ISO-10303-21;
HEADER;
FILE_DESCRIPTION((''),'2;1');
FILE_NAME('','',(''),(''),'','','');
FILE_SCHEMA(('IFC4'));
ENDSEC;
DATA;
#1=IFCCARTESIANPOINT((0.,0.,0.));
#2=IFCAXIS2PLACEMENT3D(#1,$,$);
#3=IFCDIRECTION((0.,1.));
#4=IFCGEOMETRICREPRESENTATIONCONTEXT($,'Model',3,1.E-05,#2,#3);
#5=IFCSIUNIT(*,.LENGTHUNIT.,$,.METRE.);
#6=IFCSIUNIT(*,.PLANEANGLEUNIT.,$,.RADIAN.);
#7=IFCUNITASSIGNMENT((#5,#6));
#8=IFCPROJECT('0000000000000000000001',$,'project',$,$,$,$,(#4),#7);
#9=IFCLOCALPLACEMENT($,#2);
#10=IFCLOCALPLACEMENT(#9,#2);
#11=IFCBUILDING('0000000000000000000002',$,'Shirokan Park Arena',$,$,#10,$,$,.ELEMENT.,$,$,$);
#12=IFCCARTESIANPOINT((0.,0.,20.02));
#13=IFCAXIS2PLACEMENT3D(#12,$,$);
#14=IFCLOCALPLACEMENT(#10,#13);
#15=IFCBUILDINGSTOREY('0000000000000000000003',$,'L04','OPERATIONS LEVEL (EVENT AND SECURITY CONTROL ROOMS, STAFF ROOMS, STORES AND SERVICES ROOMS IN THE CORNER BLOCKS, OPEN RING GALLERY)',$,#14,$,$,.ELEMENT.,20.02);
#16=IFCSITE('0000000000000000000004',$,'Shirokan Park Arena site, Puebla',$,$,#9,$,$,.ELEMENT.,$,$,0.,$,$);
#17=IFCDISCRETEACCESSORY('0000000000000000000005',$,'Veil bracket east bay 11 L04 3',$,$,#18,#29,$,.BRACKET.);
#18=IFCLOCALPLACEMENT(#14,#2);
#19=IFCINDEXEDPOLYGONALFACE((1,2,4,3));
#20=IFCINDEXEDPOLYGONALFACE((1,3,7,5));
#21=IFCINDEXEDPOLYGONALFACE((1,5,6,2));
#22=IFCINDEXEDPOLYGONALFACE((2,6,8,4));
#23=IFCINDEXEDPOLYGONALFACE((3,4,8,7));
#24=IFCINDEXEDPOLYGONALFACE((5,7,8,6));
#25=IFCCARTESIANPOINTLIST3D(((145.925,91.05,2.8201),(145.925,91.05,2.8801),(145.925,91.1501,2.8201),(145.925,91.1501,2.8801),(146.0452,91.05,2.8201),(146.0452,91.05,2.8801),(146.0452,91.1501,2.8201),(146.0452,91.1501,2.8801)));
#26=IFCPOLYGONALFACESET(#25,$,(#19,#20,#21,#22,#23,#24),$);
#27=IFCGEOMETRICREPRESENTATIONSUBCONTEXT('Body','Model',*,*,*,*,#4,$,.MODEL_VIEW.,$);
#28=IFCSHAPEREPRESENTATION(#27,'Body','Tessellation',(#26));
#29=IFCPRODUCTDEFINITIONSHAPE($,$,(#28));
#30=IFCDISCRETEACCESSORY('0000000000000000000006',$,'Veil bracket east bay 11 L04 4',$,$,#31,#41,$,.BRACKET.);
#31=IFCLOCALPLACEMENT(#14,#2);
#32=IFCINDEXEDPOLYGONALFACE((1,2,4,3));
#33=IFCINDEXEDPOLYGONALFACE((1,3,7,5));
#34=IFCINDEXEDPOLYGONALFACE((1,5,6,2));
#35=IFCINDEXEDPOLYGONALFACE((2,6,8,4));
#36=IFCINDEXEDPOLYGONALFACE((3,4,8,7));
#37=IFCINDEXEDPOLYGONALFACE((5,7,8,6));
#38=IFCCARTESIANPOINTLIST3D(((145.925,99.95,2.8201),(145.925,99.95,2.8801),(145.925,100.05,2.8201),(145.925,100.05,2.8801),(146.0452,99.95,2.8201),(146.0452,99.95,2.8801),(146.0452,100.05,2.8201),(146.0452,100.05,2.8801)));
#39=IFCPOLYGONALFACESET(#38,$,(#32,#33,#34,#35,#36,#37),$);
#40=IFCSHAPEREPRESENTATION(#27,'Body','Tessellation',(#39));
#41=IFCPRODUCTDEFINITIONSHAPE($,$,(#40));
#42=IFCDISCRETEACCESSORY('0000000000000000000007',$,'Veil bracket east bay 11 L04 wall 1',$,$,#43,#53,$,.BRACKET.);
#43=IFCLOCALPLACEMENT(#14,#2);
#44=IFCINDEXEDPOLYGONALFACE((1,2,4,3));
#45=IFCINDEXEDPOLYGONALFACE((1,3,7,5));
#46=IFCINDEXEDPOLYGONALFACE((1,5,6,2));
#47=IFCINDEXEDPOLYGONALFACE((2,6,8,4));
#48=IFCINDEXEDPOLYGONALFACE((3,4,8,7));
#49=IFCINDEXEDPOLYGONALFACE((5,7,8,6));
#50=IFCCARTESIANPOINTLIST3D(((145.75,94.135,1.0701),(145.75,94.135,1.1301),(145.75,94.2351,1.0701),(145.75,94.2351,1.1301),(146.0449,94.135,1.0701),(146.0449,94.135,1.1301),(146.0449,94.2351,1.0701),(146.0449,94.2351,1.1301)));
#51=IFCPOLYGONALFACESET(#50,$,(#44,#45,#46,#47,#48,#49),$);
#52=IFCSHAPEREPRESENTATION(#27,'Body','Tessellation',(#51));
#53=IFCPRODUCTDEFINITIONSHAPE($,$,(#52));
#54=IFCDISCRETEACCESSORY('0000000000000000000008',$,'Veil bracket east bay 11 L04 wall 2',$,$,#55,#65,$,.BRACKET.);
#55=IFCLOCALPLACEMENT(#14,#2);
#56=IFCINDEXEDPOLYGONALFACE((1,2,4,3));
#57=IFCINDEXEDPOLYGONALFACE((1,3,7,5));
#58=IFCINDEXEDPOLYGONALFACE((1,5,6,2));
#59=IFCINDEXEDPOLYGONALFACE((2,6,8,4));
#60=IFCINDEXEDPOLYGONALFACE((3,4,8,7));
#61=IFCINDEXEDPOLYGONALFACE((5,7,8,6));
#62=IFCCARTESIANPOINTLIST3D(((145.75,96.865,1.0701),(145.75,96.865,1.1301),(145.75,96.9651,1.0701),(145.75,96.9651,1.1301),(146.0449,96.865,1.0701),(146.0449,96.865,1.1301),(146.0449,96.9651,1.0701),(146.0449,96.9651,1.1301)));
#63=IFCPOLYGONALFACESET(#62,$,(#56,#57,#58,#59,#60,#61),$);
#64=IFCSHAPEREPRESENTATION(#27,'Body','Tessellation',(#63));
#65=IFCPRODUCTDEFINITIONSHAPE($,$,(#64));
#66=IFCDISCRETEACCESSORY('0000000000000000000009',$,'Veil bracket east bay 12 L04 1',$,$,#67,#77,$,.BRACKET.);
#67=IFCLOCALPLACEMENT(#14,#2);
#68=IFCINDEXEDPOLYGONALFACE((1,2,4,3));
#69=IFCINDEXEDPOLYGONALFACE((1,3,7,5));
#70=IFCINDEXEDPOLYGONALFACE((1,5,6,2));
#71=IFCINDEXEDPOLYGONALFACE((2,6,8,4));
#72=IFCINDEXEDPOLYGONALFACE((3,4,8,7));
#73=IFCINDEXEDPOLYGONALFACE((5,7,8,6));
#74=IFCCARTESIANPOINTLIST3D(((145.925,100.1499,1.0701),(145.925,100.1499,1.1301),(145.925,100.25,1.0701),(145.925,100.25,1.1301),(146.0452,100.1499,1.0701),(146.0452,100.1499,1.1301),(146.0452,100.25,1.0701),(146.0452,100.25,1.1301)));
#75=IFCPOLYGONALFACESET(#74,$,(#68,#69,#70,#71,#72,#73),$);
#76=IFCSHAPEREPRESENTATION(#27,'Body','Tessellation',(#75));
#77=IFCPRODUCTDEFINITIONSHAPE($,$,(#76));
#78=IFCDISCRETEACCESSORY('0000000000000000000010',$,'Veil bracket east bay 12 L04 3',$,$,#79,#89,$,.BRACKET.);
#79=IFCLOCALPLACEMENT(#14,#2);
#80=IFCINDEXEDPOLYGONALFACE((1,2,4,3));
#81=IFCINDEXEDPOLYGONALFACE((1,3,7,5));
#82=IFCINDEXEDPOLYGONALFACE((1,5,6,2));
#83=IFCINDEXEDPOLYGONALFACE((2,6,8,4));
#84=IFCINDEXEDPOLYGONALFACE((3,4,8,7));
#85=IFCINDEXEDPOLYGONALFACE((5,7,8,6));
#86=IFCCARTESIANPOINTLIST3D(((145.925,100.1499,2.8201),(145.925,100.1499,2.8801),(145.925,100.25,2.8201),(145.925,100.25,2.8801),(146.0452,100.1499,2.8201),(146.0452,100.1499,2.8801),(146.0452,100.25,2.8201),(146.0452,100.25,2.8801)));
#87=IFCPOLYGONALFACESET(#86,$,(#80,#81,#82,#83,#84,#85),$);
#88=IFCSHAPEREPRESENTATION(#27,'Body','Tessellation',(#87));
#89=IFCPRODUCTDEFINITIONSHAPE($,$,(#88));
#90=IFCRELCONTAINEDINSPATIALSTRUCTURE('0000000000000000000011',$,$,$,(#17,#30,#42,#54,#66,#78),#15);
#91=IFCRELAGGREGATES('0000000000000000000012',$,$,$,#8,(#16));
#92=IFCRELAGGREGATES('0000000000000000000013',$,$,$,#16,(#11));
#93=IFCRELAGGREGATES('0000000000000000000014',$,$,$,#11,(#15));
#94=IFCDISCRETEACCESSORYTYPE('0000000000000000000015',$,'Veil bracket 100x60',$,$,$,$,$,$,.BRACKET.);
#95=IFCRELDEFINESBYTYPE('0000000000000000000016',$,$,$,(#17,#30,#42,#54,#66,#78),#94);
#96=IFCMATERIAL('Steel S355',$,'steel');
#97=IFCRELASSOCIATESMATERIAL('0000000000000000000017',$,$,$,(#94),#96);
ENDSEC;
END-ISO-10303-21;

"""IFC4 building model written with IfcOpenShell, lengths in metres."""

from ifc_helpers import new_model, si_unit, direction, frame, origin, origin_2d, place, context, subcontext, project, spatial, rectangle, extrude, material, type_object, element, save


model = new_model("IFC4")

# Units and contexts
model_context = context("Model", 3, precision=1e-05, world=origin(), true_north=direction((0.0, 1.0)))
body_context = subcontext(model_context, "Body", "Model", "MODEL_VIEW")
ifc_project = project(units=[si_unit("LENGTHUNIT", "METRE"), si_unit("PLANEANGLEUNIT", "RADIAN")], contexts=[model_context])

# Site, building, storey
site_placement = place(None, origin())
site = spatial("IfcSite", under=ifc_project, at=site_placement, Name="Shirokan Park Arena site, Puebla", CompositionType="ELEMENT", RefElevation=0.0)
building_placement = place(site_placement, origin())
building = spatial("IfcBuilding", under=site, at=building_placement, Name="Shirokan Park Arena", CompositionType="ELEMENT")
storey_placement = place(building_placement, frame((0.0, 0.0, 20.02)))
storey = spatial("IfcBuildingStorey", under=building, at=storey_placement, Name="L04", Description="OPERATIONS LEVEL (EVENT AND SECURITY CONTROL ROOMS, STAFF ROOMS, STORES AND SERVICES ROOMS IN THE CORNER BLOCKS, OPEN RING GALLERY)", CompositionType="ELEMENT", Elevation=20.02)

# Discrete accessories
ifc_material_1 = material(Name="Steel S355", Category="steel")
discrete_accessory_type = type_object("IfcDiscreteAccessoryType", Name="Veil bracket 100x60", PredefinedType="BRACKET", material=ifc_material_1)
for number, where, z_axis, x_axis, name in (
    (1, (145.9851, 91.1001, 2.8201), (0.0, 0.0, 1.0), (0.0, 1.0, 0.0), "Veil bracket east bay 11 L04 3"),
    (2, (145.9851, 100.0, 2.8201), (0.0, 0.0, 1.0), (0.0, 1.0, 0.0), "Veil bracket east bay 11 L04 4"),
):
    element("IfcDiscreteAccessory", number, at=place(storey_placement, frame(where, z_axis=z_axis, x_axis=x_axis)), inside=storey, type_object=discrete_accessory_type, Name=name, PredefinedType="BRACKET", context=body_context, shape_type="SweptSolid", body=[
        extrude(rectangle(XDim=0.1001, YDim=0.1201, at=origin_2d()), origin(), (0.0, 0.0, 1.0), 0.0601),
    ])
for number, where, z_axis, x_axis, name in (
    (3, (145.8975, 94.1851, 1.0701), (0.0, 0.0, 1.0), (0.0, 1.0, 0.0), "Veil bracket east bay 11 L04 wall 1"),
    (4, (145.8975, 96.915, 1.0701), (0.0, 0.0, 1.0), (0.0, 1.0, 0.0), "Veil bracket east bay 11 L04 wall 2"),
):
    element("IfcDiscreteAccessory", number, at=place(storey_placement, frame(where, z_axis=z_axis, x_axis=x_axis)), inside=storey, type_object=discrete_accessory_type, Name=name, PredefinedType="BRACKET", context=body_context, shape_type="SweptSolid", body=[
        extrude(rectangle(XDim=0.1001, YDim=0.2949, at=origin_2d()), origin(), (0.0, 0.0, 1.0), 0.0601),
    ])
for number, where, z_axis, x_axis, name in (
    (5, (145.9851, 100.2, 1.0701), (0.0, 0.0, 1.0), (0.0, 1.0, 0.0), "Veil bracket east bay 12 L04 1"),
    (6, (145.9851, 100.2, 2.8201), (0.0, 0.0, 1.0), (0.0, 1.0, 0.0), "Veil bracket east bay 12 L04 3"),
):
    element("IfcDiscreteAccessory", number, at=place(storey_placement, frame(where, z_axis=z_axis, x_axis=x_axis)), inside=storey, type_object=discrete_accessory_type, Name=name, PredefinedType="BRACKET", context=body_context, shape_type="SweptSolid", body=[
        extrude(rectangle(XDim=0.1001, YDim=0.1201, at=origin_2d()), origin(), (0.0, 0.0, 1.0), 0.0601),
    ])

save(model, "model.ifc")
